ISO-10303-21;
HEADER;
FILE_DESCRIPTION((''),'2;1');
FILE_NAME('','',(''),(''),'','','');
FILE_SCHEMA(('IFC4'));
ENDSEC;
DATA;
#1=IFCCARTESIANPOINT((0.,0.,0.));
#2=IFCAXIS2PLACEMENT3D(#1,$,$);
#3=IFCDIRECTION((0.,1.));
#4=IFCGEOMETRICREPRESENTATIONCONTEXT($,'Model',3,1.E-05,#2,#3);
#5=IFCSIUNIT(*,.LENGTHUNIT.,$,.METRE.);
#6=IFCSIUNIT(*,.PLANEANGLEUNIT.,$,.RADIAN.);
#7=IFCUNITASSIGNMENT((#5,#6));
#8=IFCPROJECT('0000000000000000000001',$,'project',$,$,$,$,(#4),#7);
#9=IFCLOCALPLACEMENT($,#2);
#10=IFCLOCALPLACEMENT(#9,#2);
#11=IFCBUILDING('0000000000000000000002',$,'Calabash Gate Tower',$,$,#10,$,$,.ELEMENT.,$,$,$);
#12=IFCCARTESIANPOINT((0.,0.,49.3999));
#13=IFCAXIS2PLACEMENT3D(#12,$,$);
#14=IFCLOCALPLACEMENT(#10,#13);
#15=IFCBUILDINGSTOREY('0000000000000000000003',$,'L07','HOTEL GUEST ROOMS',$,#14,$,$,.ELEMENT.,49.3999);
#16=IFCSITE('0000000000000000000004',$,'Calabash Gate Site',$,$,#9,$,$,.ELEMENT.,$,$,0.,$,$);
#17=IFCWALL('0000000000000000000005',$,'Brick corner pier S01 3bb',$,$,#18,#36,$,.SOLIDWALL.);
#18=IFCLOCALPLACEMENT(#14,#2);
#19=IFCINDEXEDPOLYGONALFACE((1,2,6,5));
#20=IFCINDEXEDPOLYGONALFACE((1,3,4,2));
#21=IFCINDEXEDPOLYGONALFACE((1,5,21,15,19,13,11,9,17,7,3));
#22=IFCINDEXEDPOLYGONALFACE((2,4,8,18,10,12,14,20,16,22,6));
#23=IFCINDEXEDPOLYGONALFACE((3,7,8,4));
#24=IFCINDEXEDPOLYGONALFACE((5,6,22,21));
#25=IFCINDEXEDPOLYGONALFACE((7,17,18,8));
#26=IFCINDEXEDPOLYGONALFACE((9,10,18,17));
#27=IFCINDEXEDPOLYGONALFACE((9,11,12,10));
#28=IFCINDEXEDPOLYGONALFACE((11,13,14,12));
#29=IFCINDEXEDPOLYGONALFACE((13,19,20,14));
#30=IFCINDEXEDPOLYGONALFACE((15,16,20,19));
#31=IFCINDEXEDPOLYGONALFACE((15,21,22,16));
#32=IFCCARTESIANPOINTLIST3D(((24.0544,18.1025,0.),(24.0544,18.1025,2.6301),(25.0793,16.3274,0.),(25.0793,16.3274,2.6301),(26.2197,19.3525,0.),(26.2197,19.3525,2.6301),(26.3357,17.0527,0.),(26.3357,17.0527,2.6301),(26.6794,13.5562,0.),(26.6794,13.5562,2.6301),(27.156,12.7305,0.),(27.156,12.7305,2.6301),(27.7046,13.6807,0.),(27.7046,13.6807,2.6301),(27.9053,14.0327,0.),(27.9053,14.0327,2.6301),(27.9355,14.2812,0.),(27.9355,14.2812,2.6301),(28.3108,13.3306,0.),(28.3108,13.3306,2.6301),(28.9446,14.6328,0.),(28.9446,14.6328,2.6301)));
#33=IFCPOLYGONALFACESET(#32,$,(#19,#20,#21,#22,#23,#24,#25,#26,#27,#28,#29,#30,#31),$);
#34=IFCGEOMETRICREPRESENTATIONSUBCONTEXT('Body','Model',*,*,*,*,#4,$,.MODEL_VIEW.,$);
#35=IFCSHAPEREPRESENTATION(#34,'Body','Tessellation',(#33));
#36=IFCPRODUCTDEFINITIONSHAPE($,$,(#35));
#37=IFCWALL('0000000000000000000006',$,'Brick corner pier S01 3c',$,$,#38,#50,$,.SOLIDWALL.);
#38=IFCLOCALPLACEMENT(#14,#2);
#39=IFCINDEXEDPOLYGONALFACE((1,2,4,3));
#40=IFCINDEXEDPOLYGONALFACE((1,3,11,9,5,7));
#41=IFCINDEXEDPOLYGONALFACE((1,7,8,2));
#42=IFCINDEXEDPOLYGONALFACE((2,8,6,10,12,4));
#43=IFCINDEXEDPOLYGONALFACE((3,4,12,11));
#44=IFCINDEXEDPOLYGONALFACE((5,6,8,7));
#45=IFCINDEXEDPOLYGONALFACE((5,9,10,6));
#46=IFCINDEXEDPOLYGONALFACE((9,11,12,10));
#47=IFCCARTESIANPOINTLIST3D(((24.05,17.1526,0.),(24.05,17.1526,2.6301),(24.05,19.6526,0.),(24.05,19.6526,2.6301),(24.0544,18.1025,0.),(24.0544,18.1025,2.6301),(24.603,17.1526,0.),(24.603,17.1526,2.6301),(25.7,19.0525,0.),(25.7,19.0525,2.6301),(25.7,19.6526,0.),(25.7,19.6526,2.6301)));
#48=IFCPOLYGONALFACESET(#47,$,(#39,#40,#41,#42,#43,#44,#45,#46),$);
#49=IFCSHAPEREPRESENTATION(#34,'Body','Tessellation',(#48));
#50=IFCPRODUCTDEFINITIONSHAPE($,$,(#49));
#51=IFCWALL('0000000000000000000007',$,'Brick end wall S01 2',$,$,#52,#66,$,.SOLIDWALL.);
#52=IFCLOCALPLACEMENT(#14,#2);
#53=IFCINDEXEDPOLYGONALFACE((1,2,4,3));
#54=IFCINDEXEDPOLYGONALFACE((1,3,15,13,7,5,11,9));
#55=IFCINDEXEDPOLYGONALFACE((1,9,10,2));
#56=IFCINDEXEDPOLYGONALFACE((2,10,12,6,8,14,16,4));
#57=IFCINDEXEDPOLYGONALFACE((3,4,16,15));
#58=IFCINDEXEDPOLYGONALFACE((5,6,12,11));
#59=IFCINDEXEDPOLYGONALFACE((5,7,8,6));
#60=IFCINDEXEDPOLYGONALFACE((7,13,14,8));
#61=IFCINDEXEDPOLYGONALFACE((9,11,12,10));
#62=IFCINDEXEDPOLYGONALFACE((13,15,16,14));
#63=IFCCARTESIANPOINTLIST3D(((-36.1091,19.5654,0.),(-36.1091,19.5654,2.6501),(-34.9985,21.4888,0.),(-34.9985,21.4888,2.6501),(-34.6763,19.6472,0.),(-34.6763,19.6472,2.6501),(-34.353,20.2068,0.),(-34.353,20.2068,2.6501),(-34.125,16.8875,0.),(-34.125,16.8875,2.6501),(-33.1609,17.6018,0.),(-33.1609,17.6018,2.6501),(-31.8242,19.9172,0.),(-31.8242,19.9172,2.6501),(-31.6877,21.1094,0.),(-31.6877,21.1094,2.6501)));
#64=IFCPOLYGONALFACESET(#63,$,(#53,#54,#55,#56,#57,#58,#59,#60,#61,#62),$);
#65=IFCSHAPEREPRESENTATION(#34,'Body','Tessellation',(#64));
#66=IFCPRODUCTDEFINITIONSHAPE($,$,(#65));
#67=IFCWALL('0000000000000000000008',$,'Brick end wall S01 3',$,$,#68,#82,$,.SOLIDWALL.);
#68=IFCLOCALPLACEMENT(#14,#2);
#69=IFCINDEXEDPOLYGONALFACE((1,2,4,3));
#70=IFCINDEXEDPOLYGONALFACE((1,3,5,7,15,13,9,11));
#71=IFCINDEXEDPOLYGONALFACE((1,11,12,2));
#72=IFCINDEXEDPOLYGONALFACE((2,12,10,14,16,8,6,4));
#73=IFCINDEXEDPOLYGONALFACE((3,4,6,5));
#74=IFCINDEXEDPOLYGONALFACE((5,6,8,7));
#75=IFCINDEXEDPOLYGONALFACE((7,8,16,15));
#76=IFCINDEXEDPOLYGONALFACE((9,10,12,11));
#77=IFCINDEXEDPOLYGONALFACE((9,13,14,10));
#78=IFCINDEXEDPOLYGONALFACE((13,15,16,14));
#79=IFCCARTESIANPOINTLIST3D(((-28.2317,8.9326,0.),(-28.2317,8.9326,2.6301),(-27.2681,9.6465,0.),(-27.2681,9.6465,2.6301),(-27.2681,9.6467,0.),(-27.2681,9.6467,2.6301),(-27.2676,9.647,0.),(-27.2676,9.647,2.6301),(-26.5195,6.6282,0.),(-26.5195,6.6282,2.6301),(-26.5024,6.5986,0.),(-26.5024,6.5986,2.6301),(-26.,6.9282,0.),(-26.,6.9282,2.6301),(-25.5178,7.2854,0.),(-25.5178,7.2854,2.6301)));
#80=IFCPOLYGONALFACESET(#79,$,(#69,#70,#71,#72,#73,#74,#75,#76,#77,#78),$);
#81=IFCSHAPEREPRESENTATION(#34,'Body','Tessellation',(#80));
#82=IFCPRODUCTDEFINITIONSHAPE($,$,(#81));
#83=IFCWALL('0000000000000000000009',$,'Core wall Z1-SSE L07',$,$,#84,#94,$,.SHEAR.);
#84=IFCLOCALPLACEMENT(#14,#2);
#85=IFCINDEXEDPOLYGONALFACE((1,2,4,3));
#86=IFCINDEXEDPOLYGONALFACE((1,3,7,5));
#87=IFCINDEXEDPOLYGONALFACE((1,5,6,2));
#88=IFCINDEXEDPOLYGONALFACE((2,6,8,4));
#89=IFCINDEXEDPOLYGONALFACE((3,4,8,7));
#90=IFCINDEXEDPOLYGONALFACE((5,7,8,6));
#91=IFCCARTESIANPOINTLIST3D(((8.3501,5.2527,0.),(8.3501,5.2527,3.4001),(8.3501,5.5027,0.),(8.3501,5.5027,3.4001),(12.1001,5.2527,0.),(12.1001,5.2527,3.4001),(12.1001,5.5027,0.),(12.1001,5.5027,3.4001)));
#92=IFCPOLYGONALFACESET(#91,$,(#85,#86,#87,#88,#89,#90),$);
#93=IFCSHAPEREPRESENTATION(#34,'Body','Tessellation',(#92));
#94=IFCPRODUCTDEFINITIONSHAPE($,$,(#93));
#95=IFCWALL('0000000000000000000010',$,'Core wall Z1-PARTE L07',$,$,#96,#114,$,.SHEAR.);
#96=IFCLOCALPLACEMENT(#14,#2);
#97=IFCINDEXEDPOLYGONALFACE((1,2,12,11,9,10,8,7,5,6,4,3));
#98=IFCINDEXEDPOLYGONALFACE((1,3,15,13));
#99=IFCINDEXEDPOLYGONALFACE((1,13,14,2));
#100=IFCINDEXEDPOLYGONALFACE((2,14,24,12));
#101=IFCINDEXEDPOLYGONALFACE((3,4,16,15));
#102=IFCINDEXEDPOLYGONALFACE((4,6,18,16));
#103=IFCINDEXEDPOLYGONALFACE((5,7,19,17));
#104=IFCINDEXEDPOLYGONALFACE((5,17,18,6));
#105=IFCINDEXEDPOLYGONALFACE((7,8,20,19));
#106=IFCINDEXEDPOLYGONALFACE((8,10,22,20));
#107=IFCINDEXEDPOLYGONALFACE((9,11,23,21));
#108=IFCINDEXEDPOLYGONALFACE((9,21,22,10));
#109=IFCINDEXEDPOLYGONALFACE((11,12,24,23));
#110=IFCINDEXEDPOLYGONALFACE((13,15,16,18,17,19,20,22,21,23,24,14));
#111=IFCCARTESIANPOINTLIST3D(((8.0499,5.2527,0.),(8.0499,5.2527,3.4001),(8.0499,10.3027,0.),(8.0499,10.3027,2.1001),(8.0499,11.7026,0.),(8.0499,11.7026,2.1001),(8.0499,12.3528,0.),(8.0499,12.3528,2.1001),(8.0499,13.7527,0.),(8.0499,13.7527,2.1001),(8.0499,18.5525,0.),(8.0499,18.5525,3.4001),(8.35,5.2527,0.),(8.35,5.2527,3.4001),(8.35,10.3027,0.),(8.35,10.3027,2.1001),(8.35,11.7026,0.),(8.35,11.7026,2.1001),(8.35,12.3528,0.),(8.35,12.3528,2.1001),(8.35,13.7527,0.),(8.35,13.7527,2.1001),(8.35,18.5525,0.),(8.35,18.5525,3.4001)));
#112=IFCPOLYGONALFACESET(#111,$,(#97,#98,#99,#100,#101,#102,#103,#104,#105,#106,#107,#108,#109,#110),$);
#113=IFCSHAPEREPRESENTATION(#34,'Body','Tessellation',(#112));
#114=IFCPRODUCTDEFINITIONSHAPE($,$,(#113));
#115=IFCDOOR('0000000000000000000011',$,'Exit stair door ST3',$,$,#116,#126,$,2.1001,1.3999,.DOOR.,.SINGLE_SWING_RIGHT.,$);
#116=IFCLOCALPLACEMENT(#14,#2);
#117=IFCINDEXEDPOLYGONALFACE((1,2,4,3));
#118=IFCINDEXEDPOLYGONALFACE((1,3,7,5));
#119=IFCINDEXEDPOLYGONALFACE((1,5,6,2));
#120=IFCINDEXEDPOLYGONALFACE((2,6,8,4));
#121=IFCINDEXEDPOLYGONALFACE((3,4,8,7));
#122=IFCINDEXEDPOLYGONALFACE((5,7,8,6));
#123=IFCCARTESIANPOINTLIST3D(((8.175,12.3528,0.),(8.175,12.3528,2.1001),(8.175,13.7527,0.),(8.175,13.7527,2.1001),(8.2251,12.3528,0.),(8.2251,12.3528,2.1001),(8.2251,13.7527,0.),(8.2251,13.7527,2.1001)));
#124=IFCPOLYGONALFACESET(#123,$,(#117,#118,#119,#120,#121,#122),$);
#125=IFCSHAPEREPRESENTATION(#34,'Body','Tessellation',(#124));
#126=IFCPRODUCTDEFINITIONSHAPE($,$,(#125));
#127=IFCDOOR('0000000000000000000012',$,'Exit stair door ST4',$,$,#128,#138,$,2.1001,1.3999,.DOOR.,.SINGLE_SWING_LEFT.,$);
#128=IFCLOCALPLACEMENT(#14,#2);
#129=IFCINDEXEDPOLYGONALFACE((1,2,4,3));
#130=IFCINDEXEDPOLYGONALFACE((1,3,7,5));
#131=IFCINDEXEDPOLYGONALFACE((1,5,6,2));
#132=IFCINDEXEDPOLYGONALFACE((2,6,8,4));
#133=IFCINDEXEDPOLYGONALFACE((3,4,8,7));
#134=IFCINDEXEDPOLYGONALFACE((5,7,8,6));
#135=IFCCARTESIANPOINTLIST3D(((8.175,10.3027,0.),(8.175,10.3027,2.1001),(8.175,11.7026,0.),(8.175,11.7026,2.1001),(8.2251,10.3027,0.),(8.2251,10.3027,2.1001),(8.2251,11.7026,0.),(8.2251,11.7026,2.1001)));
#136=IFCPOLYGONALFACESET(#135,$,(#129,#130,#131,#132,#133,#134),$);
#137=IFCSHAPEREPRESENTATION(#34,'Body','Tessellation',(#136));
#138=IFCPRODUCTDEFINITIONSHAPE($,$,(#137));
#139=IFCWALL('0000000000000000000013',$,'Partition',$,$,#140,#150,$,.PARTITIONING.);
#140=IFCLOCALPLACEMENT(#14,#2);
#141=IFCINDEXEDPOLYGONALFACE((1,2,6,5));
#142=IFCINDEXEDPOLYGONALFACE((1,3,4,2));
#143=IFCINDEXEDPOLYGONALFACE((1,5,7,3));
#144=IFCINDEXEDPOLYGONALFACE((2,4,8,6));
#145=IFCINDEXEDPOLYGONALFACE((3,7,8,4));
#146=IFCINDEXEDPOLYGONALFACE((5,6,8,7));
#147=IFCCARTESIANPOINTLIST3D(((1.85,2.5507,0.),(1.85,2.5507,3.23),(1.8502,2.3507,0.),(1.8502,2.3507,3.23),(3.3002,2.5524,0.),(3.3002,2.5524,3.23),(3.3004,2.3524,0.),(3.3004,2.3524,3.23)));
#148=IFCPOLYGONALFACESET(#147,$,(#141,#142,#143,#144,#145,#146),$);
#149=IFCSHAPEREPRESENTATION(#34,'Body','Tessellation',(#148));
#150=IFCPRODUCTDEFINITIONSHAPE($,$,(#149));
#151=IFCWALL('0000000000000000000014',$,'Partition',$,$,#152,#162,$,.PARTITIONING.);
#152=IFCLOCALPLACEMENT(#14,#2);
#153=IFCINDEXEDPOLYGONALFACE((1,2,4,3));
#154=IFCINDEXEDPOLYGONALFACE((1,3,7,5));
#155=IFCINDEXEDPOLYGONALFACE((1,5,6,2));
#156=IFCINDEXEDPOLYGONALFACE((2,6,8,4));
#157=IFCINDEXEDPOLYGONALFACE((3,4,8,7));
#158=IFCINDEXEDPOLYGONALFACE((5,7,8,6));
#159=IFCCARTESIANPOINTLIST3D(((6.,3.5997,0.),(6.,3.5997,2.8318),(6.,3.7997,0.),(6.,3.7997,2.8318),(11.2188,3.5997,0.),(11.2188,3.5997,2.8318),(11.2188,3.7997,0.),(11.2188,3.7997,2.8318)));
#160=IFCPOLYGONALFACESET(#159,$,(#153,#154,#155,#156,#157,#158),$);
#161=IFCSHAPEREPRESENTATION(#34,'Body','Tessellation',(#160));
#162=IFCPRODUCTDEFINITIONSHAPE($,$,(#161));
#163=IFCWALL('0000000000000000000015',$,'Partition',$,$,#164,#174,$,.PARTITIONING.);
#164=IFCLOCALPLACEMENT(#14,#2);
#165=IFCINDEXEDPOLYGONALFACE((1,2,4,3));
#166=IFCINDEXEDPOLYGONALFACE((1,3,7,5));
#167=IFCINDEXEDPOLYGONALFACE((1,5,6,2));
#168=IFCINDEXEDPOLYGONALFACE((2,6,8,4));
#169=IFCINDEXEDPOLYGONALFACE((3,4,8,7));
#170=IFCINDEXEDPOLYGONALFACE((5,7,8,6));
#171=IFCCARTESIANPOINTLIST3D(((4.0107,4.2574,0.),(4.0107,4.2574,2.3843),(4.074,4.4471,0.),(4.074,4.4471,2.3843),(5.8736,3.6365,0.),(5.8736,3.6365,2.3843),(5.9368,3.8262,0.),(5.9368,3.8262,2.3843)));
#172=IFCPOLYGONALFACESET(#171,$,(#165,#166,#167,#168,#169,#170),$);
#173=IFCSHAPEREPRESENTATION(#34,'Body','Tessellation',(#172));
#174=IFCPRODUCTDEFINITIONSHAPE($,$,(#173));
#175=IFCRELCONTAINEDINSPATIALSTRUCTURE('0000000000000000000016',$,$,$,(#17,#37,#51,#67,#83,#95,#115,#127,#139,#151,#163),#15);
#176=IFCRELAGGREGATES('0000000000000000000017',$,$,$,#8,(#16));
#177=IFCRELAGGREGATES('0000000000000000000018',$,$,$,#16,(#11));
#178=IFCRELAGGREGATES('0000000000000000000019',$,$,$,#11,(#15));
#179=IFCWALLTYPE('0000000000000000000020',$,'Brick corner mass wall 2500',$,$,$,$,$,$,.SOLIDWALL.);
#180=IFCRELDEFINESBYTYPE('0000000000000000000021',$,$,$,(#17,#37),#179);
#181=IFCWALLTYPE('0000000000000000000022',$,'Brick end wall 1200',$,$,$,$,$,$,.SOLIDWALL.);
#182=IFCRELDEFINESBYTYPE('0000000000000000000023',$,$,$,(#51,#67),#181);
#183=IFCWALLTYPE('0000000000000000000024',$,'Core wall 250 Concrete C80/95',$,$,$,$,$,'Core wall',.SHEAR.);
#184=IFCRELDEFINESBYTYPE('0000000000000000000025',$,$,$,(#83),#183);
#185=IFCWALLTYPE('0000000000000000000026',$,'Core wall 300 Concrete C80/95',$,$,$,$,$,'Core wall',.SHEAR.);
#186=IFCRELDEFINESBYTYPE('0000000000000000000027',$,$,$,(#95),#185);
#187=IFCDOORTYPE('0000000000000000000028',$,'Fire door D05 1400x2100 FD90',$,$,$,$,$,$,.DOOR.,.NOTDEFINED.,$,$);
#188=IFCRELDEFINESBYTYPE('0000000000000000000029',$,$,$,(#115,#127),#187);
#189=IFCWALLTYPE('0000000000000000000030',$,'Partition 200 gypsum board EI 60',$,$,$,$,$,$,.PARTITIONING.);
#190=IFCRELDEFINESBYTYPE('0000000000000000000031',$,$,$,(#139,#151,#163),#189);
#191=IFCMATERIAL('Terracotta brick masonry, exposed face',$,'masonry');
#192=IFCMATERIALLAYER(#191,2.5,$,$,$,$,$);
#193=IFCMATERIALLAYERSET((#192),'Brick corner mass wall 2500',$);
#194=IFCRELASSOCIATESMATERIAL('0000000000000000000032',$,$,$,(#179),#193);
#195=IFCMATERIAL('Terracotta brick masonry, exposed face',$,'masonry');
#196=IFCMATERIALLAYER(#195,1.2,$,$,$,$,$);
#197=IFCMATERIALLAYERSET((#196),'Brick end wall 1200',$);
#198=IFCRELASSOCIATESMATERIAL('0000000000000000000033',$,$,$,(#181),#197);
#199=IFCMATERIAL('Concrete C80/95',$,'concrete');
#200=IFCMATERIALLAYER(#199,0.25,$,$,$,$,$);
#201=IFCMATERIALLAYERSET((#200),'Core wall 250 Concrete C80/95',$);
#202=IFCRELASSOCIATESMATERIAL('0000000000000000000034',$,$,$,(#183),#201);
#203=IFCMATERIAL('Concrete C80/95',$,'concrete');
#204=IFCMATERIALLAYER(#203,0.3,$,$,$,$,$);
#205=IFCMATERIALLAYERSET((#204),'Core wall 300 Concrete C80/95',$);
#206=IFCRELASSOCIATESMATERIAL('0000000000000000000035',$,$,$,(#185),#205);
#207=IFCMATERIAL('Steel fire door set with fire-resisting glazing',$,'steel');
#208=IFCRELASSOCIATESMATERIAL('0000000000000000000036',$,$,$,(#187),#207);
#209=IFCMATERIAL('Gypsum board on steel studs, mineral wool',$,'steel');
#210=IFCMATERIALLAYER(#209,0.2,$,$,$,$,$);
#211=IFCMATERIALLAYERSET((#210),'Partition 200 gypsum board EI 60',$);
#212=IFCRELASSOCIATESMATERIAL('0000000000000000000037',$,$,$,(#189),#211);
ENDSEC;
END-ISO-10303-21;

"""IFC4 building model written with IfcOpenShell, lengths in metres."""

from ifc_helpers import new_model, si_unit, direction, frame, frame_2d, origin, place, context, subcontext, project, spatial, polyline, rectangle, outline, extrude, material, layer, layer_set, type_object, element, fill, save


model = new_model("IFC4")

# Units and contexts
model_context = context("Model", 3, precision=1e-05, world=origin(), true_north=direction((0.0, 1.0)))
body_context = subcontext(model_context, "Body", "Model", "MODEL_VIEW")
ifc_project = project(units=[si_unit("LENGTHUNIT", "METRE"), si_unit("PLANEANGLEUNIT", "RADIAN")], contexts=[model_context])

# Site, building, storey
site_placement = place(None, origin())
site = spatial("IfcSite", under=ifc_project, at=site_placement, Name="Calabash Gate Site", CompositionType="ELEMENT", RefElevation=0.0)
building_placement = place(site_placement, origin())
building = spatial("IfcBuilding", under=site, at=building_placement, Name="Calabash Gate Tower", CompositionType="ELEMENT")
storey_placement = place(building_placement, frame((0.0, 0.0, 49.3999)))
storey = spatial("IfcBuildingStorey", under=building, at=storey_placement, Name="L07", Description="HOTEL GUEST ROOMS", CompositionType="ELEMENT", Elevation=49.3999)

# Walls
ifc_material_1 = material(Name="Terracotta brick masonry, exposed face", Category="masonry")
ifc_layer_1 = layer(ifc_material_1, 2.5)
ifc_layer_set_1 = layer_set([ifc_layer_1], Name="Brick corner mass wall 2500")
wall_type_1 = type_object("IfcWallType", Name="Brick corner mass wall 2500", PredefinedType="SOLIDWALL", material=ifc_layer_set_1)
wall_1_placement = place(storey_placement, origin())
element("IfcWall", 1, at=wall_1_placement, inside=storey, type_object=wall_type_1, Name="Brick corner pier S01 3bb", PredefinedType="SOLIDWALL", context=body_context, shape_type="SweptSolid", body=[
    extrude(outline(polyline([(27.9355, 14.2812), (26.6794, 13.5562), (27.156, 12.7305), (27.7046, 13.6807), (28.3108, 13.3306), (27.9053, 14.0327), (28.9446, 14.6328), (26.2197, 19.3525), (24.0544, 18.1025), (25.0793, 16.3274), (26.3357, 17.0527), (27.9355, 14.2812)])), origin(), (0.0, 0.0, 1.0), 2.6301),
])
wall_2_placement = place(storey_placement, origin())
element("IfcWall", 2, at=wall_2_placement, inside=storey, type_object=wall_type_1, Name="Brick corner pier S01 3c", PredefinedType="SOLIDWALL", context=body_context, shape_type="SweptSolid", body=[
    extrude(outline(polyline([(24.05, 19.6526), (24.05, 17.1526), (24.603, 17.1526), (24.0544, 18.1025), (25.7, 19.0525), (25.7, 19.6526), (24.05, 19.6526)])), origin(), (0.0, 0.0, 1.0), 2.6301),
])
ifc_material_2 = material(Name="Terracotta brick masonry, exposed face", Category="masonry")
ifc_layer_2 = layer(ifc_material_2, 1.2)
ifc_layer_set_2 = layer_set([ifc_layer_2], Name="Brick end wall 1200")
wall_type_2 = type_object("IfcWallType", Name="Brick end wall 1200", PredefinedType="SOLIDWALL", material=ifc_layer_set_2)
wall_3_placement = place(storey_placement, origin())
element("IfcWall", 3, at=wall_3_placement, inside=storey, type_object=wall_type_2, Name="Brick end wall S01 2", PredefinedType="SOLIDWALL", context=body_context, shape_type="SweptSolid", body=[
    extrude(outline(polyline([(-31.6877, 21.1094), (-34.9985, 21.4888), (-36.1091, 19.5654), (-34.125, 16.8875), (-33.1609, 17.6018), (-34.6763, 19.6472), (-34.353, 20.2068), (-31.8242, 19.9172), (-31.6877, 21.1094)])), origin(), (0.0, 0.0, 1.0), 2.6501),
])
wall_4_placement = place(storey_placement, origin())
element("IfcWall", 4, at=wall_4_placement, inside=storey, type_object=wall_type_2, Name="Brick end wall S01 3", PredefinedType="SOLIDWALL", context=body_context, shape_type="SweptSolid", body=[
    extrude(outline(polyline([(-25.5178, 7.2854), (-27.2676, 9.647), (-27.2681, 9.6467), (-27.2681, 9.6465), (-28.2317, 8.9326), (-26.5024, 6.5986), (-26.5195, 6.6282), (-26.0, 6.9282), (-25.5178, 7.2854)])), origin(), (0.0, 0.0, 1.0), 2.6301),
])
ifc_material_3 = material(Name="Concrete C80/95", Category="concrete")
ifc_layer_3 = layer(ifc_material_3, 0.25)
ifc_layer_set_3 = layer_set([ifc_layer_3], Name="Core wall 250 Concrete C80/95")
wall_type_3 = type_object("IfcWallType", Name="Core wall 250 Concrete C80/95", ElementType="Core wall", PredefinedType="SHEAR", material=ifc_layer_set_3)
wall_5_placement = place(storey_placement, frame((8.3501, 5.3777, 0.0), z_axis=(0.0, 0.0, 1.0), x_axis=(1.0, 0.0, 0.0)))
element("IfcWall", 5, at=wall_5_placement, inside=storey, type_object=wall_type_3, Name="Core wall Z1-SSE L07", PredefinedType="SHEAR", context=body_context, shape_type="SweptSolid", body=[
    extrude(rectangle(XDim=3.75, YDim=0.25, at=frame_2d((1.875, 0.0))), origin(), (0.0, 0.0, 1.0), 3.4001),
])

# Wall, openings, doors
ifc_material_4 = material(Name="Concrete C80/95", Category="concrete")
ifc_layer_4 = layer(ifc_material_4, 0.3)
ifc_layer_set_4 = layer_set([ifc_layer_4], Name="Core wall 300 Concrete C80/95")
wall_type_4 = type_object("IfcWallType", Name="Core wall 300 Concrete C80/95", ElementType="Core wall", PredefinedType="SHEAR", material=ifc_layer_set_4)
wall_6_placement = place(storey_placement, frame((8.2, 5.2527, 0.0), z_axis=(0.0, 0.0, 1.0), x_axis=(0.0, 1.0, 0.0)))
wall_6 = element("IfcWall", 6, at=wall_6_placement, inside=storey, type_object=wall_type_4, Name="Core wall Z1-PARTE L07", PredefinedType="SHEAR", context=body_context, shape_type="SweptSolid", body=[
    extrude(rectangle(XDim=13.2998, YDim=0.3, at=frame_2d((6.6499, 0.0))), origin(), (0.0, 0.0, 1.0), 3.4001),
])
opening_1_placement = place(wall_6_placement, frame((7.1001, 0.0, 0.0)))
opening_1 = element("IfcOpeningElement", 7, at=opening_1_placement, cuts=wall_6, PredefinedType="OPENING", context=body_context, shape_type="SweptSolid", body=[
    extrude(rectangle(XDim=1.3999, YDim=2.1001, at=frame_2d((0.7, 1.05))), frame((0.0, 0.1599, 0.0), z_axis=(0.0, -1.0, 0.0), x_axis=(1.0, 0.0, 0.0)), (0.0, 0.0, 1.0), 0.3201),
])
opening_2_placement = place(wall_6_placement, frame((5.05, 0.0, 0.0)))
opening_2 = element("IfcOpeningElement", 8, at=opening_2_placement, cuts=wall_6, PredefinedType="OPENING", context=body_context, shape_type="SweptSolid", body=[
    extrude(rectangle(XDim=1.3999, YDim=2.1001, at=frame_2d((0.7, 1.05))), frame((0.0, 0.1599, 0.0), z_axis=(0.0, -1.0, 0.0), x_axis=(1.0, 0.0, 0.0)), (0.0, 0.0, 1.0), 0.3201),
])
ifc_material_5 = material(Name="Steel fire door set with fire-resisting glazing", Category="steel")
door_type = type_object("IfcDoorType", Name="Fire door D05 1400x2100 FD90", OperationType="NOTDEFINED", PredefinedType="DOOR", material=ifc_material_5)
door_1_placement = place(opening_1_placement, origin())
door_1 = element("IfcDoor", 9, at=door_1_placement, inside=storey, type_object=door_type, Name="Exit stair door ST3", OperationType="SINGLE_SWING_RIGHT", OverallHeight=2.1001, OverallWidth=1.3999, PredefinedType="DOOR", context=body_context, shape_type="SweptSolid", body=[
    extrude(rectangle(XDim=1.3999, YDim=2.1001, at=frame_2d((0.7, 1.05))), frame((0.0, 0.0249, 0.0), z_axis=(0.0, -1.0, 0.0), x_axis=(1.0, 0.0, 0.0)), (0.0, 0.0, 1.0), 0.05),
])
fill(opening_1, door_1)
door_2_placement = place(opening_2_placement, origin())
door_2 = element("IfcDoor", 10, at=door_2_placement, inside=storey, type_object=door_type, Name="Exit stair door ST4", OperationType="SINGLE_SWING_LEFT", OverallHeight=2.1001, OverallWidth=1.3999, PredefinedType="DOOR", context=body_context, shape_type="SweptSolid", body=[
    extrude(rectangle(XDim=1.3999, YDim=2.1001, at=frame_2d((0.7, 1.05))), frame((0.0, 0.0249, 0.0), z_axis=(0.0, -1.0, 0.0), x_axis=(1.0, 0.0, 0.0)), (0.0, 0.0, 1.0), 0.05),
])
fill(opening_2, door_2)

# Walls
ifc_material_6 = material(Name="Gypsum board on steel studs, mineral wool", Category="steel")
ifc_layer_5 = layer(ifc_material_6, 0.2)
ifc_layer_set_5 = layer_set([ifc_layer_5], Name="Partition 200 gypsum board EI 60")
wall_type_5 = type_object("IfcWallType", Name="Partition 200 gypsum board EI 60", PredefinedType="PARTITIONING", material=ifc_layer_set_5)
wall_7_placement = place(storey_placement, frame((1.8501, 2.4507, 0.0), z_axis=(0.0, 0.0, 1.0), x_axis=(0.999999, 0.001178, 0.0)))
element("IfcWall", 11, at=wall_7_placement, inside=storey, type_object=wall_type_5, Name="Partition", PredefinedType="PARTITIONING", context=body_context, shape_type="SweptSolid", body=[
    extrude(rectangle(XDim=1.4502, YDim=0.2, at=frame_2d((0.7251, 0.0))), origin(), (0.0, 0.0, 1.0), 3.23),
])
wall_8_placement = place(storey_placement, frame((6.0, 3.6997, 0.0), z_axis=(0.0, 0.0, 1.0), x_axis=(1.0, 0.0, 0.0)))
element("IfcWall", 12, at=wall_8_placement, inside=storey, type_object=wall_type_5, Name="Partition", PredefinedType="PARTITIONING", context=body_context, shape_type="SweptSolid", body=[
    extrude(rectangle(XDim=5.2188, YDim=0.2, at=frame_2d((2.6094, 0.0))), origin(), (0.0, 0.0, 1.0), 2.8318),
])
wall_9_placement = place(storey_placement, frame((4.0422, 4.3523, 0.0), z_axis=(0.0, 0.0, 1.0), x_axis=(0.948696, -0.31619, 0.0)))
element("IfcWall", 13, at=wall_9_placement, inside=storey, type_object=wall_type_5, Name="Partition", PredefinedType="PARTITIONING", context=body_context, shape_type="SweptSolid", body=[
    extrude(rectangle(XDim=1.9636, YDim=0.2, at=frame_2d((0.9819, 0.0))), origin(), (0.0, 0.0, 1.0), 2.3843),
])

save(model, "model.ifc")
